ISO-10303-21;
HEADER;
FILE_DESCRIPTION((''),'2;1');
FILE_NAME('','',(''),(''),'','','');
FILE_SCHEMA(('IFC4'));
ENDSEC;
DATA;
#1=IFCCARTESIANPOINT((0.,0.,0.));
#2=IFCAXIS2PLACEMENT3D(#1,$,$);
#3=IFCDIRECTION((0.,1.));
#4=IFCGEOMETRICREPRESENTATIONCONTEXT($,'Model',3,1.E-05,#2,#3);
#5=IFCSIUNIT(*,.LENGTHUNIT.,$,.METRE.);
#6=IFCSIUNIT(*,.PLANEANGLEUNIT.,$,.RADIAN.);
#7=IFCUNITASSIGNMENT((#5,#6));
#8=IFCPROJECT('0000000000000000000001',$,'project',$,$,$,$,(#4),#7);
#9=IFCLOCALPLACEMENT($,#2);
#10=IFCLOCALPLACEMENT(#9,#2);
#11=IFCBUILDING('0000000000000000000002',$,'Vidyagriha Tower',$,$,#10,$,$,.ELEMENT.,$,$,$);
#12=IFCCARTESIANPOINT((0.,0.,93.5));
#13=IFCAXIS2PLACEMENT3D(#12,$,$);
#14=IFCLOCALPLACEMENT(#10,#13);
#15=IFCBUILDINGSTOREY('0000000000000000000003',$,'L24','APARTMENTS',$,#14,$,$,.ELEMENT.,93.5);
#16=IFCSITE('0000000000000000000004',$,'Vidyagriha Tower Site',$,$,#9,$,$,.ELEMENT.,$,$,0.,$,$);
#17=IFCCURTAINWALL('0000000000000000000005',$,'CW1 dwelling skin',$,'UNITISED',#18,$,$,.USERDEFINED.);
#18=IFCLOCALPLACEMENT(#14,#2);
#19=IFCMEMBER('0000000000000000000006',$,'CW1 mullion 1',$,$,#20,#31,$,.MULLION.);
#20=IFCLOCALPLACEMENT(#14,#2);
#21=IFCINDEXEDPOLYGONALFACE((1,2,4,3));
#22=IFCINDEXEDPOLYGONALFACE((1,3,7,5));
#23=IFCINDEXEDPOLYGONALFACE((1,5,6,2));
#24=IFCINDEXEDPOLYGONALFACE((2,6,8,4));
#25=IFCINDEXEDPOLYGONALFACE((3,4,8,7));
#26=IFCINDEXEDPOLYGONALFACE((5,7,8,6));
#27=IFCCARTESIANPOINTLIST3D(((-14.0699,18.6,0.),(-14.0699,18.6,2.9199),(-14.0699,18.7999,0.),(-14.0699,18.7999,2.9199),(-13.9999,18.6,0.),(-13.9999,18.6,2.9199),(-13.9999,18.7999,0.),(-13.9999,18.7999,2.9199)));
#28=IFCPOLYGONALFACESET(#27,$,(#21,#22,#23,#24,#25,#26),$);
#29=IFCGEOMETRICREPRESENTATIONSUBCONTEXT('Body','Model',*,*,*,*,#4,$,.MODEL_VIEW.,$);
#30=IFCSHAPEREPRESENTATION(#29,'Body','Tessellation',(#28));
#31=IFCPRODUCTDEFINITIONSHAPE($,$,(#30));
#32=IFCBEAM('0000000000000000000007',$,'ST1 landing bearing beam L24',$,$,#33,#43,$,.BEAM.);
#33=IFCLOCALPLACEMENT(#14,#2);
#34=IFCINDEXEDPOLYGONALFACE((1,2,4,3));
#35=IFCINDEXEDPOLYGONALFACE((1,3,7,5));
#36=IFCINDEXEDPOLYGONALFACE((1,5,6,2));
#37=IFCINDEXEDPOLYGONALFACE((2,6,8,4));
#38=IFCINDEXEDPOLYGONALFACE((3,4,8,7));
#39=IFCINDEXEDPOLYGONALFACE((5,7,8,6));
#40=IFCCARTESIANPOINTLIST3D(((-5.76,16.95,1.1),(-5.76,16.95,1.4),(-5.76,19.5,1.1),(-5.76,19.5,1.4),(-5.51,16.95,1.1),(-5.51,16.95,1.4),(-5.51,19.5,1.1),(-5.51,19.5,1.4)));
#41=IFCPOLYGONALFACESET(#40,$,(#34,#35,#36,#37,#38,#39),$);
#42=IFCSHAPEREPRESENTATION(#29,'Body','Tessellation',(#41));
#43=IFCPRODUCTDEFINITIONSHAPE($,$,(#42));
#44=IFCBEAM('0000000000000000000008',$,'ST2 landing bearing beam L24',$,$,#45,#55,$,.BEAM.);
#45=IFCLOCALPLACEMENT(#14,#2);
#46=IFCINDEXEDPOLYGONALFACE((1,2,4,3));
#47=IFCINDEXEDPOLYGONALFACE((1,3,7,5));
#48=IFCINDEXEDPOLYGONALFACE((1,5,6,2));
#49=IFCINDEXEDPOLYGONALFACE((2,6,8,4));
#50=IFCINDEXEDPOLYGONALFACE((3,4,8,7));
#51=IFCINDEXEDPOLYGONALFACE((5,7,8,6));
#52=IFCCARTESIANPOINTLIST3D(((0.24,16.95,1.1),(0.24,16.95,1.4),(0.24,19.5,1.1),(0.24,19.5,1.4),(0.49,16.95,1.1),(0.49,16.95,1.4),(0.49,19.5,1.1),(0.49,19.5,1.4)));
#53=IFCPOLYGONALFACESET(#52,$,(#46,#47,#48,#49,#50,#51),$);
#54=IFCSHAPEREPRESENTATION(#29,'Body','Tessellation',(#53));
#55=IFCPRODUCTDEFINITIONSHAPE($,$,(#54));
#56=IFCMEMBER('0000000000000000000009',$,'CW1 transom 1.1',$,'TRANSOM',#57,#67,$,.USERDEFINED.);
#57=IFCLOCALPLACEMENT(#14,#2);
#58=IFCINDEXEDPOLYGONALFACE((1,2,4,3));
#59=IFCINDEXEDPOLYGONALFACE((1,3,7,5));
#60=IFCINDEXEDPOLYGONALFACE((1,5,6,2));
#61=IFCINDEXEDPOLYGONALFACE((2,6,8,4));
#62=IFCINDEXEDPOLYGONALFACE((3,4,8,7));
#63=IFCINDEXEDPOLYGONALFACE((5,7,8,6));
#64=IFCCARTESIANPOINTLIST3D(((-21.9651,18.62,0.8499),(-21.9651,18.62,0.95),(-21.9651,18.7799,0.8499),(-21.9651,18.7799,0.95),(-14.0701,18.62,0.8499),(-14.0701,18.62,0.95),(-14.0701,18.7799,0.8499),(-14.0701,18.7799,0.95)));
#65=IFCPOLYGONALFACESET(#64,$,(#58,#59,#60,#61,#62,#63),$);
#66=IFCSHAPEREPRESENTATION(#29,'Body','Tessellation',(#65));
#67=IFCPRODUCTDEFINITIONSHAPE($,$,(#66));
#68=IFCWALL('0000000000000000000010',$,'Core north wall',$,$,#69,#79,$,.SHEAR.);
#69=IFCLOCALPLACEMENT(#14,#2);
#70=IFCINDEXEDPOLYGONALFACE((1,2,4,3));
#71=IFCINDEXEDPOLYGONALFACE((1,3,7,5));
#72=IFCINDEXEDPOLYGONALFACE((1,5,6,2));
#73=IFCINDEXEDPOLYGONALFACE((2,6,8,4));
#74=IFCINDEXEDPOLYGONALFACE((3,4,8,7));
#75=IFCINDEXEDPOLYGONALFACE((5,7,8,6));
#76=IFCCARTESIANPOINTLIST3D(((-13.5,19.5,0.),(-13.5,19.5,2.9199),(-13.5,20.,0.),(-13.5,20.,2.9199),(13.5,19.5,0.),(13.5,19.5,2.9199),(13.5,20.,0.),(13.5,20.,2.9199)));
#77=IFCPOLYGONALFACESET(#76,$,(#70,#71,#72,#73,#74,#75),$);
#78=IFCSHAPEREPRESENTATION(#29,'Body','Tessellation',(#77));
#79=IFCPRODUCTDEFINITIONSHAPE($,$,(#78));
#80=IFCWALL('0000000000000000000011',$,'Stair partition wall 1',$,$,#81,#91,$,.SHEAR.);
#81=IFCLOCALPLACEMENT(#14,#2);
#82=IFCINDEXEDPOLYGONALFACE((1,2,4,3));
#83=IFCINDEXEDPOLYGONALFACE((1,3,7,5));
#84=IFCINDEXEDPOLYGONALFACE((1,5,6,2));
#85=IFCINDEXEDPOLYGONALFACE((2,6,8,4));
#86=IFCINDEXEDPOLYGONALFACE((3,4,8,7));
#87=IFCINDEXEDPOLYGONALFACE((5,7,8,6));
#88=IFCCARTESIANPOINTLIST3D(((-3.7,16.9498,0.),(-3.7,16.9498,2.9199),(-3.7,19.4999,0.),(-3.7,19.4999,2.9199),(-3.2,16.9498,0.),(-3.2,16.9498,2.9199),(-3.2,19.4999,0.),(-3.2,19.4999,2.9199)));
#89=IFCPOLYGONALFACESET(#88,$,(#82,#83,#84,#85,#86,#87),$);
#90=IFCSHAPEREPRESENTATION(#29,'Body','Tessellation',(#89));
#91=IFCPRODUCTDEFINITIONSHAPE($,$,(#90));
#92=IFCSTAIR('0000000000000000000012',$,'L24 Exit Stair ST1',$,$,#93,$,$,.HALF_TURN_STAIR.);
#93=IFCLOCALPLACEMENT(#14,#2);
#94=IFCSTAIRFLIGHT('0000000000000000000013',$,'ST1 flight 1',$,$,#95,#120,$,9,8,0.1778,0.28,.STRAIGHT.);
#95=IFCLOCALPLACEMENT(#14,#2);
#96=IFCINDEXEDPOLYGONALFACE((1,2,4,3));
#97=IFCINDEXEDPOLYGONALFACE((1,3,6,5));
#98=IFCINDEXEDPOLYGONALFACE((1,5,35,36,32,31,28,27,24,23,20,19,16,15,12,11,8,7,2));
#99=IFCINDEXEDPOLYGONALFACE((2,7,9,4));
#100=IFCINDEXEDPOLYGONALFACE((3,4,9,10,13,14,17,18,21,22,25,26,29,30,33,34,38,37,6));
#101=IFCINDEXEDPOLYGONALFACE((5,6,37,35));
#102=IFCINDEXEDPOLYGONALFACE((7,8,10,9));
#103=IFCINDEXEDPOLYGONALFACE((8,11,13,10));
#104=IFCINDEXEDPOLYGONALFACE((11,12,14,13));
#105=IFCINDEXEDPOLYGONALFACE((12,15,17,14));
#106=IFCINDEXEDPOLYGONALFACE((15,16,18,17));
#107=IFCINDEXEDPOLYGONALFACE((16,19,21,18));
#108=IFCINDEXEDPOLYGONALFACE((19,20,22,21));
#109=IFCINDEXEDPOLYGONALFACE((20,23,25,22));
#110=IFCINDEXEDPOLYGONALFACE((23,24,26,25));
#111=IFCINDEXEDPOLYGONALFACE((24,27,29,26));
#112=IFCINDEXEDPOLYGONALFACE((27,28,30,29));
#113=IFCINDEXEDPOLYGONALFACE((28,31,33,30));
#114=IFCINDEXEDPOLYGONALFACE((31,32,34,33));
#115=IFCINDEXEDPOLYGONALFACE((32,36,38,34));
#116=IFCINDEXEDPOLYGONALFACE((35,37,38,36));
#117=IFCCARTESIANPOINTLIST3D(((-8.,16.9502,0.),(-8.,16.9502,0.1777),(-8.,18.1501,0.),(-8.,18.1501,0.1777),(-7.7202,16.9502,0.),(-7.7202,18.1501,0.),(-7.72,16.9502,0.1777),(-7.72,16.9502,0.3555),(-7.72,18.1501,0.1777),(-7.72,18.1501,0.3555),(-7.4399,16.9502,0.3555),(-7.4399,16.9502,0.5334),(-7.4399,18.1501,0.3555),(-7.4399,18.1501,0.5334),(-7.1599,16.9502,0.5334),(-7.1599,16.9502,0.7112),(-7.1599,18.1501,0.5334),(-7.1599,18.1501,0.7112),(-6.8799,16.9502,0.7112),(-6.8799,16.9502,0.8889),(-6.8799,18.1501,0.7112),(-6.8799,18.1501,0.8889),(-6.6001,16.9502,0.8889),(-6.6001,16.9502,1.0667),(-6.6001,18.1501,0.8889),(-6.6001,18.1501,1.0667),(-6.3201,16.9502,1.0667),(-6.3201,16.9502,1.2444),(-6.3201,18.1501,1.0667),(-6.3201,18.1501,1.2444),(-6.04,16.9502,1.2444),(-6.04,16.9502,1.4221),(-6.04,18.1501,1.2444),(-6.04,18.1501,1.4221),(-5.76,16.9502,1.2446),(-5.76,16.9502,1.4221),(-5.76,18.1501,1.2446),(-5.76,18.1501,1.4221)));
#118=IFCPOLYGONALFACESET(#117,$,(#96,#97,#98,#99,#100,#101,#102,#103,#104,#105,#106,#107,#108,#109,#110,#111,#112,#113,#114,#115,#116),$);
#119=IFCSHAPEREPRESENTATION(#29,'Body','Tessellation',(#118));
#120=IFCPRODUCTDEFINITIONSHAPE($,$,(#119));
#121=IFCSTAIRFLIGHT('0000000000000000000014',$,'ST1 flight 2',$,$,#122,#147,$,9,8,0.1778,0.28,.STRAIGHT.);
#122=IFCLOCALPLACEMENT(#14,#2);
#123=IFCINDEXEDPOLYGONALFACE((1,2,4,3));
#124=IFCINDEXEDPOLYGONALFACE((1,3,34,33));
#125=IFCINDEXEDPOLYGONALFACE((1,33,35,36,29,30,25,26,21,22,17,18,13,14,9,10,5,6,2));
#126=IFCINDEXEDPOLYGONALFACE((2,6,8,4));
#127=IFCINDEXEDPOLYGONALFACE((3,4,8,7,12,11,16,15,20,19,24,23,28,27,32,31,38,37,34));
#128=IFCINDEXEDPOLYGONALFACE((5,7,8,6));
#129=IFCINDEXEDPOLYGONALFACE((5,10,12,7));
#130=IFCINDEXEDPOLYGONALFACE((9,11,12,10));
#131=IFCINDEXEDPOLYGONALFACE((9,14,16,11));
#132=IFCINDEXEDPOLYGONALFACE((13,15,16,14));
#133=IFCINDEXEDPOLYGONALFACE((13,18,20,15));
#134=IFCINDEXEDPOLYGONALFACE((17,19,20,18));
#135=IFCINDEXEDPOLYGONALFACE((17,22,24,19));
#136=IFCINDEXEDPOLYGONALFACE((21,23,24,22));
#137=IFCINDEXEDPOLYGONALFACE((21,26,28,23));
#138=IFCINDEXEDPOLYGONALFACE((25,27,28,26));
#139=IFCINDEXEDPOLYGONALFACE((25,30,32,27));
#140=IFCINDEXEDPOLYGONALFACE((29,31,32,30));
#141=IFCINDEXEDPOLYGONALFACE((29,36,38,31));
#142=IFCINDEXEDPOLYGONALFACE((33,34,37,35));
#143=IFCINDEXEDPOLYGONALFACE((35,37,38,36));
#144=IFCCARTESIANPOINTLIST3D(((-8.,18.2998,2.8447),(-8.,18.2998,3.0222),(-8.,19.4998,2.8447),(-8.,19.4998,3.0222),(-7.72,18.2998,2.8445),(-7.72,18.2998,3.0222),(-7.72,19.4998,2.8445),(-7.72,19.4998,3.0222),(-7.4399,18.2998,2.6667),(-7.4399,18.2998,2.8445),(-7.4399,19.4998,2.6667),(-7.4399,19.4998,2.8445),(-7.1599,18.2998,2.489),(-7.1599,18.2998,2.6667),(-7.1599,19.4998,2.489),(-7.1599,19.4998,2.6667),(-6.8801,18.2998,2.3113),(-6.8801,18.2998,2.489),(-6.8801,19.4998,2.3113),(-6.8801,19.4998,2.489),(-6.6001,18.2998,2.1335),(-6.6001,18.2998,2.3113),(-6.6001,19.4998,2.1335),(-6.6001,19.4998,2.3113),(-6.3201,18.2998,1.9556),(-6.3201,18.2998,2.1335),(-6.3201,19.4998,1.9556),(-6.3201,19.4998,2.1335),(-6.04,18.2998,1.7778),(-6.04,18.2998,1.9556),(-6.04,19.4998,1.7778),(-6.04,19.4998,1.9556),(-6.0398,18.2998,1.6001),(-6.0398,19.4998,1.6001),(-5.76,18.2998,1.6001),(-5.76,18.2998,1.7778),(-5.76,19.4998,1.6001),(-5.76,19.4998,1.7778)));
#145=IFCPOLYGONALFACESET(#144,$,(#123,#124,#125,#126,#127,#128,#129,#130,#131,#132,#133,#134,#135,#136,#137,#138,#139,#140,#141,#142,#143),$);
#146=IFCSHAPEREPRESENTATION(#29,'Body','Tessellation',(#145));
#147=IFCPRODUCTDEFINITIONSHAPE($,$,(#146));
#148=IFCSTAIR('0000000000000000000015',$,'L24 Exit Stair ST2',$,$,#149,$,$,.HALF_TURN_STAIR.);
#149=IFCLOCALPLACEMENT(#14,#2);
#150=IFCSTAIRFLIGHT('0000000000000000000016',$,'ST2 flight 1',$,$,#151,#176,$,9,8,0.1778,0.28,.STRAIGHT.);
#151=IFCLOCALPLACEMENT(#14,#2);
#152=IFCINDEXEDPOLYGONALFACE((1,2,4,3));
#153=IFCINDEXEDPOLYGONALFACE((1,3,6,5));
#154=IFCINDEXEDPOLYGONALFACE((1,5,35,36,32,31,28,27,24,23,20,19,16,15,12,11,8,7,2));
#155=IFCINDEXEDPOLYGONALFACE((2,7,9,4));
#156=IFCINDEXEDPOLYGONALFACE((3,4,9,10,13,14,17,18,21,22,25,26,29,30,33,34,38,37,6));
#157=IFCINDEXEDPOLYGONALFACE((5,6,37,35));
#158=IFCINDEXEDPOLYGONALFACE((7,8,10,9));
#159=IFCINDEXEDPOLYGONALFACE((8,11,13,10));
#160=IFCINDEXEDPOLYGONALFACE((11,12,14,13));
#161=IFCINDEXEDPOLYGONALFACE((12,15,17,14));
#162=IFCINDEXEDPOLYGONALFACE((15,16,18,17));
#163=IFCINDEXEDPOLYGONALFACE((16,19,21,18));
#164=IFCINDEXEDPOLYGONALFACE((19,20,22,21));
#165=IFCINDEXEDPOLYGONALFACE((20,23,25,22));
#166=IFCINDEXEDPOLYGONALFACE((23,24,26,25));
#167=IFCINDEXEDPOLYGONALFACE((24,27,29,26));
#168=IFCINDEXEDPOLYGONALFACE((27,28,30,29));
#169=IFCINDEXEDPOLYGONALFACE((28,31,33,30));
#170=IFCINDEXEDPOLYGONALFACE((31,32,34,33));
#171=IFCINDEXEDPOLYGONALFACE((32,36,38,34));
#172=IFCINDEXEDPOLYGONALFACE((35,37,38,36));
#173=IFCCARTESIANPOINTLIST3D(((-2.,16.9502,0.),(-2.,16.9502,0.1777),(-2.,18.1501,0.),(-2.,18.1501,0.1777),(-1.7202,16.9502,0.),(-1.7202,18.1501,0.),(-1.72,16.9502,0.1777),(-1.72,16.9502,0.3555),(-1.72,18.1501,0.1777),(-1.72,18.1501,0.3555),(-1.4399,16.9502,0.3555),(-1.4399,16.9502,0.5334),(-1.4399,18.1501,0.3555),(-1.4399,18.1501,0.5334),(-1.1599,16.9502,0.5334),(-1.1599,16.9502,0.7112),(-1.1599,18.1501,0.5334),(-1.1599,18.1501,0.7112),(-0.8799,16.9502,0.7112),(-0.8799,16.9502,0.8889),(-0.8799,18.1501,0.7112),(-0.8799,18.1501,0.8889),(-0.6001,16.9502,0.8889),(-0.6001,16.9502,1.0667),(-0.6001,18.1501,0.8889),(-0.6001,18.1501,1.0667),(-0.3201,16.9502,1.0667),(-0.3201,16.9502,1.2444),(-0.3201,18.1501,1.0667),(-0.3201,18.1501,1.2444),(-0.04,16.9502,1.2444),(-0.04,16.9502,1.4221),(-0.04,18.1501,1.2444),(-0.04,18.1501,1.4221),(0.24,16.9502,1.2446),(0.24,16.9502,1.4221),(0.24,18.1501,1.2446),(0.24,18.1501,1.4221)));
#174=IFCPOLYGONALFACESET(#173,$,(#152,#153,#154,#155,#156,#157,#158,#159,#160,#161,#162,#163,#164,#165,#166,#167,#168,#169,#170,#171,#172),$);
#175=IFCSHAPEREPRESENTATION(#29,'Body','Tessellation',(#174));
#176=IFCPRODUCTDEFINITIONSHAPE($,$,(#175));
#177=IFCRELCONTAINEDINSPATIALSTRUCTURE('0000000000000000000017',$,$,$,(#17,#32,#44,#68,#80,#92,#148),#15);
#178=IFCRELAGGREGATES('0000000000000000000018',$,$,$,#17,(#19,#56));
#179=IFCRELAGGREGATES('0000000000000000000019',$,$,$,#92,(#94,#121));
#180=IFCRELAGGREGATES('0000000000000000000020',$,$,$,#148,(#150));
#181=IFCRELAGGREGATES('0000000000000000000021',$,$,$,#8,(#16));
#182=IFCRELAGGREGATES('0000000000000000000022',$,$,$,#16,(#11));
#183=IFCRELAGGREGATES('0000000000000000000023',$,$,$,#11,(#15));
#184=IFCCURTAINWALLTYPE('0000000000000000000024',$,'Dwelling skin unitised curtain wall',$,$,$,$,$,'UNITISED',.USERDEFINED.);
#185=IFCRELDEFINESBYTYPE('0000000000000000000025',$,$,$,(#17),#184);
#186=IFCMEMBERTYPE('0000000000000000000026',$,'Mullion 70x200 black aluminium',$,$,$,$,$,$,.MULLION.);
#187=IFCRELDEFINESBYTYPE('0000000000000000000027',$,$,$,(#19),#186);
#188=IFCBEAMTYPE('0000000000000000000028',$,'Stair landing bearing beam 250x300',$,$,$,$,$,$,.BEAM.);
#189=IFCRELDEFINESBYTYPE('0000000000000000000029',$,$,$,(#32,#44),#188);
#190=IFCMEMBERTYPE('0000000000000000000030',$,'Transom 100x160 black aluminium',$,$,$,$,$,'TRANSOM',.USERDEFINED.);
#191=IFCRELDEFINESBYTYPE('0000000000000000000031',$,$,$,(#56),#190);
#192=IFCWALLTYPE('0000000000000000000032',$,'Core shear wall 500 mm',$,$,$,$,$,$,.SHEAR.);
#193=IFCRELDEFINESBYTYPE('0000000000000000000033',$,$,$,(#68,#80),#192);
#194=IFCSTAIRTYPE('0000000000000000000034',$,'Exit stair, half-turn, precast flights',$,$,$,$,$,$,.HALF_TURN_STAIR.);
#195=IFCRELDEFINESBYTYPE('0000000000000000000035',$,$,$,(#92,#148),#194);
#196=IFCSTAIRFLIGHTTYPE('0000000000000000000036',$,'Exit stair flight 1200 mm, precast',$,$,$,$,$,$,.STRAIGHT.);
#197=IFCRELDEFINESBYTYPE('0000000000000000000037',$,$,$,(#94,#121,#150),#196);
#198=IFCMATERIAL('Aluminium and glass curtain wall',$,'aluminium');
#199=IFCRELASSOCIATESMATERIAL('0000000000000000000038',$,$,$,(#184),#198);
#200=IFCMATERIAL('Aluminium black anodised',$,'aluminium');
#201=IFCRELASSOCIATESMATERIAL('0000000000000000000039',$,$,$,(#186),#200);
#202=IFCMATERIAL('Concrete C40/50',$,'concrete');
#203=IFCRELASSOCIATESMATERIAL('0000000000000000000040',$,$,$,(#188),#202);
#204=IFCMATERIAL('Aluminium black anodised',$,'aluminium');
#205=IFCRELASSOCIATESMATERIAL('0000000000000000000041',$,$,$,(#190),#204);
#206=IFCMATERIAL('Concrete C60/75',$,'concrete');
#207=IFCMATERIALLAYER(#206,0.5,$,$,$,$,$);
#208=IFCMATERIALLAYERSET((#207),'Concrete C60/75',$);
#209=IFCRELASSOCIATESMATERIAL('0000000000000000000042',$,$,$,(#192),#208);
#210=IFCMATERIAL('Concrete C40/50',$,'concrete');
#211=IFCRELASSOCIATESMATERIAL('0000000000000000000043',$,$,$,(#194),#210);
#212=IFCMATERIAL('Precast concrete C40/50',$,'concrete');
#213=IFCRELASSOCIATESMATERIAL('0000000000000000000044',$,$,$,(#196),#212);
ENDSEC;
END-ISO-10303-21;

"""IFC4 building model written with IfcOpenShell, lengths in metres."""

from ifc_helpers import new_model, si_unit, direction, frame, frame_2d, origin, origin_2d, place, context, subcontext, project, spatial, polyline, rectangle, outline, extrude, material, layer, layer_set, material_profile, profile_set, type_object, element, aggregate, save


model = new_model("IFC4")

# Units and contexts
model_context = context("Model", 3, precision=1e-05, world=origin(), true_north=direction((0.0, 1.0)))
body_context = subcontext(model_context, "Body", "Model", "MODEL_VIEW")
ifc_project = project(units=[si_unit("LENGTHUNIT", "METRE"), si_unit("PLANEANGLEUNIT", "RADIAN")], contexts=[model_context])

# Site, building, storey
site_placement = place(None, origin())
site = spatial("IfcSite", under=ifc_project, at=site_placement, Name="Vidyagriha Tower Site", CompositionType="ELEMENT", RefElevation=0.0)
building_placement = place(site_placement, origin())
building = spatial("IfcBuilding", under=site, at=building_placement, Name="Vidyagriha Tower", CompositionType="ELEMENT")
storey_placement = place(building_placement, frame((0.0, 0.0, 93.5)))
storey = spatial("IfcBuildingStorey", under=building, at=storey_placement, Name="L24", Description="APARTMENTS", CompositionType="ELEMENT", Elevation=93.5)

# Curtain wall, member
ifc_material_1 = material(Name="Aluminium and glass curtain wall", Category="aluminium")
curtain_wall_type = type_object("IfcCurtainWallType", Name="Dwelling skin unitised curtain wall", ElementType="UNITISED", PredefinedType="USERDEFINED", material=ifc_material_1)
curtain_wall_placement = place(storey_placement, origin())
curtain_wall = element("IfcCurtainWall", 1, at=curtain_wall_placement, inside=storey, type_object=curtain_wall_type, Name="CW1 dwelling skin", ObjectType="UNITISED", PredefinedType="USERDEFINED")
ifc_material_2 = material(Name="Aluminium black anodised", Category="aluminium")
ifc_material_profile_1 = material_profile(ifc_material_2, rectangle(XDim=0.2, YDim=0.0701, at=origin_2d()), Name="Mullion 70x200 black aluminium")
ifc_profile_set_1 = profile_set([ifc_material_profile_1], Name="Aluminium black anodised")
member_type_1 = type_object("IfcMemberType", Name="Mullion 70x200 black aluminium", PredefinedType="MULLION", material=ifc_profile_set_1)
member_1_placement = place(storey_placement, frame((-14.0349, 18.7, 0.0), z_axis=(0.0, 0.0, 1.0), x_axis=(0.0, -1.0, 0.0)))
member_1 = element("IfcMember", 2, at=member_1_placement, type_object=member_type_1, Name="CW1 mullion 1", PredefinedType="MULLION", context=body_context, shape_type="SweptSolid", body=[
    extrude(rectangle(XDim=0.2, YDim=0.0701, at=origin_2d()), origin(), (0.0, 0.0, 1.0), 2.9199),
])

# Beams
ifc_material_3 = material(Name="Concrete C40/50", Category="concrete")
ifc_material_profile_2 = material_profile(ifc_material_3, rectangle(XDim=0.25, YDim=0.3, at=origin_2d()), Name="Stair landing bearing beam 250x300")
ifc_profile_set_2 = profile_set([ifc_material_profile_2], Name="Concrete C40/50")
beam_type = type_object("IfcBeamType", Name="Stair landing bearing beam 250x300", PredefinedType="BEAM", material=ifc_profile_set_2)
for number, where, z_axis, x_axis, name in (
    (3, (-5.635, 16.95, 1.25), (0.0, 1.0, 0.0), (-1.0, 0.0, 0.0), "ST1 landing bearing beam L24"),
    (4, (0.365, 16.95, 1.25), (0.0, 1.0, 0.0), (-1.0, 0.0, 0.0), "ST2 landing bearing beam L24"),
):
    element("IfcBeam", number, at=place(storey_placement, frame(where, z_axis=z_axis, x_axis=x_axis)), inside=storey, type_object=beam_type, Name=name, PredefinedType="BEAM", context=body_context, shape_type="SweptSolid", body=[
        extrude(rectangle(XDim=0.25, YDim=0.3, at=origin_2d()), origin(), (0.0, 0.0, 1.0), 2.55),
    ])

# Member
ifc_material_4 = material(Name="Aluminium black anodised", Category="aluminium")
ifc_material_profile_3 = material_profile(ifc_material_4, rectangle(XDim=0.1599, YDim=0.1001, at=origin_2d()), Name="Transom 100x160 black aluminium")
ifc_profile_set_3 = profile_set([ifc_material_profile_3], Name="Aluminium black anodised")
member_type_2 = type_object("IfcMemberType", Name="Transom 100x160 black aluminium", ElementType="TRANSOM", PredefinedType="USERDEFINED", material=ifc_profile_set_3)
member_2_placement = place(storey_placement, frame((-14.0701, 18.7, 0.8999), z_axis=(-1.0, 0.0, 0.0), x_axis=(0.0, -1.0, 0.0)))
member_2 = element("IfcMember", 5, at=member_2_placement, type_object=member_type_2, Name="CW1 transom 1.1", ObjectType="TRANSOM", PredefinedType="USERDEFINED", context=body_context, shape_type="SweptSolid", body=[
    extrude(rectangle(XDim=0.1599, YDim=0.1001, at=origin_2d()), origin(), (0.0, 0.0, 1.0), 7.895),
])
aggregate(curtain_wall, [member_1, member_2])

# Walls
ifc_material_5 = material(Name="Concrete C60/75", Category="concrete")
ifc_layer_1 = layer(ifc_material_5, 0.5)
ifc_layer_set_1 = layer_set([ifc_layer_1], Name="Concrete C60/75")
wall_type = type_object("IfcWallType", Name="Core shear wall 500 mm", PredefinedType="SHEAR", material=ifc_layer_set_1)
wall_1_placement = place(storey_placement, frame((-13.5, 19.75, 0.0)))
element("IfcWall", 6, at=wall_1_placement, inside=storey, type_object=wall_type, Name="Core north wall", PredefinedType="SHEAR", context=body_context, shape_type="SweptSolid", body=[
    extrude(rectangle(XDim=27.0, YDim=0.5, at=frame_2d((13.5, 0.0))), origin(), (0.0, 0.0, 1.0), 2.9199),
])
wall_2_placement = place(storey_placement, frame((-3.45, 16.95, 0.0), z_axis=(0.0, 0.0, 1.0), x_axis=(0.0, 1.0, 0.0)))
element("IfcWall", 7, at=wall_2_placement, inside=storey, type_object=wall_type, Name="Stair partition wall 1", PredefinedType="SHEAR", context=body_context, shape_type="SweptSolid", body=[
    extrude(rectangle(XDim=2.55, YDim=0.5, at=frame_2d((1.2749, 0.0))), origin(), (0.0, 0.0, 1.0), 2.9199),
])

# Stairs, stair flights
ifc_material_6 = material(Name="Concrete C40/50", Category="concrete")
stair_type = type_object("IfcStairType", Name="Exit stair, half-turn, precast flights", PredefinedType="HALF_TURN_STAIR", material=ifc_material_6)
stair_1_placement = place(storey_placement, origin())
stair_1 = element("IfcStair", 8, at=stair_1_placement, inside=storey, type_object=stair_type, Name="L24 Exit Stair ST1", PredefinedType="HALF_TURN_STAIR")
ifc_material_7 = material(Name="Precast concrete C40/50", Category="concrete")
stair_flight_type = type_object("IfcStairFlightType", Name="Exit stair flight 1200 mm, precast", PredefinedType="STRAIGHT", material=ifc_material_7)
stair_flight_1_placement = place(storey_placement, frame((-8.0, 17.55, 0.0)))
stair_flight_1 = element("IfcStairFlight", 9, at=stair_flight_1_placement, type_object=stair_flight_type, Name="ST1 flight 1", NumberOfRisers=9, NumberOfTreads=8, PredefinedType="STRAIGHT", RiserHeight=0.1778, TreadLength=0.28, context=body_context, shape_type="SweptSolid", body=[
    extrude(outline(polyline([(0.0, 0.0), (0.0, 0.1777), (0.28, 0.1777), (0.28, 0.3555), (0.5601, 0.3555), (0.5601, 0.5334), (0.8401, 0.5334), (0.8401, 0.7112), (1.1201, 0.7112), (1.1201, 0.8889), (1.3999, 0.8889), (1.3999, 1.0667), (1.6799, 1.0667), (1.6799, 1.2444), (1.96, 1.2444), (1.96, 1.4221), (2.24, 1.4221), (2.24, 1.6001), (2.24, 1.2446), (0.2798, 0.0), (0.0, 0.0)])), frame((0.0, 0.6001, 0.0), z_axis=(0.0, -1.0, 0.0), x_axis=(1.0, 0.0, 0.0)), (0.0, 0.0, 1.0), 1.2),
])
stair_flight_2_placement = place(storey_placement, frame((-5.76, 18.8999, 1.6001), z_axis=(0.0, 0.0, 1.0), x_axis=(-1.0, 0.0, 0.0)))
stair_flight_2 = element("IfcStairFlight", 10, at=stair_flight_2_placement, type_object=stair_flight_type, Name="ST1 flight 2", NumberOfRisers=9, NumberOfTreads=8, PredefinedType="STRAIGHT", RiserHeight=0.1778, TreadLength=0.28, context=body_context, shape_type="SweptSolid", body=[
    extrude(outline(polyline([(0.0, 0.0), (0.0, 0.1777), (0.28, 0.1777), (0.28, 0.3555), (0.5601, 0.3555), (0.5601, 0.5334), (0.8401, 0.5334), (0.8401, 0.7112), (1.1201, 0.7112), (1.1201, 0.8889), (1.3999, 0.8889), (1.3999, 1.0667), (1.6799, 1.0667), (1.6799, 1.2444), (1.96, 1.2444), (1.96, 1.4221), (2.24, 1.4221), (2.24, 1.6001), (2.24, 1.2446), (0.2798, 0.0), (0.0, 0.0)])), frame((0.0, 0.6001, 0.0), z_axis=(0.0, -1.0, 0.0), x_axis=(1.0, 0.0, 0.0)), (0.0, 0.0, 1.0), 1.2),
])
aggregate(stair_1, [stair_flight_1, stair_flight_2])
stair_2_placement = place(storey_placement, origin())
stair_2 = element("IfcStair", 11, at=stair_2_placement, inside=storey, type_object=stair_type, Name="L24 Exit Stair ST2", PredefinedType="HALF_TURN_STAIR")
stair_flight_3_placement = place(storey_placement, frame((-2.0, 17.55, 0.0)))
stair_flight_3 = element("IfcStairFlight", 12, at=stair_flight_3_placement, type_object=stair_flight_type, Name="ST2 flight 1", NumberOfRisers=9, NumberOfTreads=8, PredefinedType="STRAIGHT", RiserHeight=0.1778, TreadLength=0.28, context=body_context, shape_type="SweptSolid", body=[
    extrude(outline(polyline([(0.0, 0.0), (0.0, 0.1777), (0.28, 0.1777), (0.28, 0.3555), (0.5601, 0.3555), (0.5601, 0.5334), (0.8401, 0.5334), (0.8401, 0.7112), (1.1201, 0.7112), (1.1201, 0.8889), (1.3999, 0.8889), (1.3999, 1.0667), (1.6799, 1.0667), (1.6799, 1.2444), (1.96, 1.2444), (1.96, 1.4221), (2.24, 1.4221), (2.24, 1.6001), (2.24, 1.2446), (0.2798, 0.0), (0.0, 0.0)])), frame((0.0, 0.6001, 0.0), z_axis=(0.0, -1.0, 0.0), x_axis=(1.0, 0.0, 0.0)), (0.0, 0.0, 1.0), 1.2),
])
aggregate(stair_2, [stair_flight_3])

save(model, "model.ifc")
